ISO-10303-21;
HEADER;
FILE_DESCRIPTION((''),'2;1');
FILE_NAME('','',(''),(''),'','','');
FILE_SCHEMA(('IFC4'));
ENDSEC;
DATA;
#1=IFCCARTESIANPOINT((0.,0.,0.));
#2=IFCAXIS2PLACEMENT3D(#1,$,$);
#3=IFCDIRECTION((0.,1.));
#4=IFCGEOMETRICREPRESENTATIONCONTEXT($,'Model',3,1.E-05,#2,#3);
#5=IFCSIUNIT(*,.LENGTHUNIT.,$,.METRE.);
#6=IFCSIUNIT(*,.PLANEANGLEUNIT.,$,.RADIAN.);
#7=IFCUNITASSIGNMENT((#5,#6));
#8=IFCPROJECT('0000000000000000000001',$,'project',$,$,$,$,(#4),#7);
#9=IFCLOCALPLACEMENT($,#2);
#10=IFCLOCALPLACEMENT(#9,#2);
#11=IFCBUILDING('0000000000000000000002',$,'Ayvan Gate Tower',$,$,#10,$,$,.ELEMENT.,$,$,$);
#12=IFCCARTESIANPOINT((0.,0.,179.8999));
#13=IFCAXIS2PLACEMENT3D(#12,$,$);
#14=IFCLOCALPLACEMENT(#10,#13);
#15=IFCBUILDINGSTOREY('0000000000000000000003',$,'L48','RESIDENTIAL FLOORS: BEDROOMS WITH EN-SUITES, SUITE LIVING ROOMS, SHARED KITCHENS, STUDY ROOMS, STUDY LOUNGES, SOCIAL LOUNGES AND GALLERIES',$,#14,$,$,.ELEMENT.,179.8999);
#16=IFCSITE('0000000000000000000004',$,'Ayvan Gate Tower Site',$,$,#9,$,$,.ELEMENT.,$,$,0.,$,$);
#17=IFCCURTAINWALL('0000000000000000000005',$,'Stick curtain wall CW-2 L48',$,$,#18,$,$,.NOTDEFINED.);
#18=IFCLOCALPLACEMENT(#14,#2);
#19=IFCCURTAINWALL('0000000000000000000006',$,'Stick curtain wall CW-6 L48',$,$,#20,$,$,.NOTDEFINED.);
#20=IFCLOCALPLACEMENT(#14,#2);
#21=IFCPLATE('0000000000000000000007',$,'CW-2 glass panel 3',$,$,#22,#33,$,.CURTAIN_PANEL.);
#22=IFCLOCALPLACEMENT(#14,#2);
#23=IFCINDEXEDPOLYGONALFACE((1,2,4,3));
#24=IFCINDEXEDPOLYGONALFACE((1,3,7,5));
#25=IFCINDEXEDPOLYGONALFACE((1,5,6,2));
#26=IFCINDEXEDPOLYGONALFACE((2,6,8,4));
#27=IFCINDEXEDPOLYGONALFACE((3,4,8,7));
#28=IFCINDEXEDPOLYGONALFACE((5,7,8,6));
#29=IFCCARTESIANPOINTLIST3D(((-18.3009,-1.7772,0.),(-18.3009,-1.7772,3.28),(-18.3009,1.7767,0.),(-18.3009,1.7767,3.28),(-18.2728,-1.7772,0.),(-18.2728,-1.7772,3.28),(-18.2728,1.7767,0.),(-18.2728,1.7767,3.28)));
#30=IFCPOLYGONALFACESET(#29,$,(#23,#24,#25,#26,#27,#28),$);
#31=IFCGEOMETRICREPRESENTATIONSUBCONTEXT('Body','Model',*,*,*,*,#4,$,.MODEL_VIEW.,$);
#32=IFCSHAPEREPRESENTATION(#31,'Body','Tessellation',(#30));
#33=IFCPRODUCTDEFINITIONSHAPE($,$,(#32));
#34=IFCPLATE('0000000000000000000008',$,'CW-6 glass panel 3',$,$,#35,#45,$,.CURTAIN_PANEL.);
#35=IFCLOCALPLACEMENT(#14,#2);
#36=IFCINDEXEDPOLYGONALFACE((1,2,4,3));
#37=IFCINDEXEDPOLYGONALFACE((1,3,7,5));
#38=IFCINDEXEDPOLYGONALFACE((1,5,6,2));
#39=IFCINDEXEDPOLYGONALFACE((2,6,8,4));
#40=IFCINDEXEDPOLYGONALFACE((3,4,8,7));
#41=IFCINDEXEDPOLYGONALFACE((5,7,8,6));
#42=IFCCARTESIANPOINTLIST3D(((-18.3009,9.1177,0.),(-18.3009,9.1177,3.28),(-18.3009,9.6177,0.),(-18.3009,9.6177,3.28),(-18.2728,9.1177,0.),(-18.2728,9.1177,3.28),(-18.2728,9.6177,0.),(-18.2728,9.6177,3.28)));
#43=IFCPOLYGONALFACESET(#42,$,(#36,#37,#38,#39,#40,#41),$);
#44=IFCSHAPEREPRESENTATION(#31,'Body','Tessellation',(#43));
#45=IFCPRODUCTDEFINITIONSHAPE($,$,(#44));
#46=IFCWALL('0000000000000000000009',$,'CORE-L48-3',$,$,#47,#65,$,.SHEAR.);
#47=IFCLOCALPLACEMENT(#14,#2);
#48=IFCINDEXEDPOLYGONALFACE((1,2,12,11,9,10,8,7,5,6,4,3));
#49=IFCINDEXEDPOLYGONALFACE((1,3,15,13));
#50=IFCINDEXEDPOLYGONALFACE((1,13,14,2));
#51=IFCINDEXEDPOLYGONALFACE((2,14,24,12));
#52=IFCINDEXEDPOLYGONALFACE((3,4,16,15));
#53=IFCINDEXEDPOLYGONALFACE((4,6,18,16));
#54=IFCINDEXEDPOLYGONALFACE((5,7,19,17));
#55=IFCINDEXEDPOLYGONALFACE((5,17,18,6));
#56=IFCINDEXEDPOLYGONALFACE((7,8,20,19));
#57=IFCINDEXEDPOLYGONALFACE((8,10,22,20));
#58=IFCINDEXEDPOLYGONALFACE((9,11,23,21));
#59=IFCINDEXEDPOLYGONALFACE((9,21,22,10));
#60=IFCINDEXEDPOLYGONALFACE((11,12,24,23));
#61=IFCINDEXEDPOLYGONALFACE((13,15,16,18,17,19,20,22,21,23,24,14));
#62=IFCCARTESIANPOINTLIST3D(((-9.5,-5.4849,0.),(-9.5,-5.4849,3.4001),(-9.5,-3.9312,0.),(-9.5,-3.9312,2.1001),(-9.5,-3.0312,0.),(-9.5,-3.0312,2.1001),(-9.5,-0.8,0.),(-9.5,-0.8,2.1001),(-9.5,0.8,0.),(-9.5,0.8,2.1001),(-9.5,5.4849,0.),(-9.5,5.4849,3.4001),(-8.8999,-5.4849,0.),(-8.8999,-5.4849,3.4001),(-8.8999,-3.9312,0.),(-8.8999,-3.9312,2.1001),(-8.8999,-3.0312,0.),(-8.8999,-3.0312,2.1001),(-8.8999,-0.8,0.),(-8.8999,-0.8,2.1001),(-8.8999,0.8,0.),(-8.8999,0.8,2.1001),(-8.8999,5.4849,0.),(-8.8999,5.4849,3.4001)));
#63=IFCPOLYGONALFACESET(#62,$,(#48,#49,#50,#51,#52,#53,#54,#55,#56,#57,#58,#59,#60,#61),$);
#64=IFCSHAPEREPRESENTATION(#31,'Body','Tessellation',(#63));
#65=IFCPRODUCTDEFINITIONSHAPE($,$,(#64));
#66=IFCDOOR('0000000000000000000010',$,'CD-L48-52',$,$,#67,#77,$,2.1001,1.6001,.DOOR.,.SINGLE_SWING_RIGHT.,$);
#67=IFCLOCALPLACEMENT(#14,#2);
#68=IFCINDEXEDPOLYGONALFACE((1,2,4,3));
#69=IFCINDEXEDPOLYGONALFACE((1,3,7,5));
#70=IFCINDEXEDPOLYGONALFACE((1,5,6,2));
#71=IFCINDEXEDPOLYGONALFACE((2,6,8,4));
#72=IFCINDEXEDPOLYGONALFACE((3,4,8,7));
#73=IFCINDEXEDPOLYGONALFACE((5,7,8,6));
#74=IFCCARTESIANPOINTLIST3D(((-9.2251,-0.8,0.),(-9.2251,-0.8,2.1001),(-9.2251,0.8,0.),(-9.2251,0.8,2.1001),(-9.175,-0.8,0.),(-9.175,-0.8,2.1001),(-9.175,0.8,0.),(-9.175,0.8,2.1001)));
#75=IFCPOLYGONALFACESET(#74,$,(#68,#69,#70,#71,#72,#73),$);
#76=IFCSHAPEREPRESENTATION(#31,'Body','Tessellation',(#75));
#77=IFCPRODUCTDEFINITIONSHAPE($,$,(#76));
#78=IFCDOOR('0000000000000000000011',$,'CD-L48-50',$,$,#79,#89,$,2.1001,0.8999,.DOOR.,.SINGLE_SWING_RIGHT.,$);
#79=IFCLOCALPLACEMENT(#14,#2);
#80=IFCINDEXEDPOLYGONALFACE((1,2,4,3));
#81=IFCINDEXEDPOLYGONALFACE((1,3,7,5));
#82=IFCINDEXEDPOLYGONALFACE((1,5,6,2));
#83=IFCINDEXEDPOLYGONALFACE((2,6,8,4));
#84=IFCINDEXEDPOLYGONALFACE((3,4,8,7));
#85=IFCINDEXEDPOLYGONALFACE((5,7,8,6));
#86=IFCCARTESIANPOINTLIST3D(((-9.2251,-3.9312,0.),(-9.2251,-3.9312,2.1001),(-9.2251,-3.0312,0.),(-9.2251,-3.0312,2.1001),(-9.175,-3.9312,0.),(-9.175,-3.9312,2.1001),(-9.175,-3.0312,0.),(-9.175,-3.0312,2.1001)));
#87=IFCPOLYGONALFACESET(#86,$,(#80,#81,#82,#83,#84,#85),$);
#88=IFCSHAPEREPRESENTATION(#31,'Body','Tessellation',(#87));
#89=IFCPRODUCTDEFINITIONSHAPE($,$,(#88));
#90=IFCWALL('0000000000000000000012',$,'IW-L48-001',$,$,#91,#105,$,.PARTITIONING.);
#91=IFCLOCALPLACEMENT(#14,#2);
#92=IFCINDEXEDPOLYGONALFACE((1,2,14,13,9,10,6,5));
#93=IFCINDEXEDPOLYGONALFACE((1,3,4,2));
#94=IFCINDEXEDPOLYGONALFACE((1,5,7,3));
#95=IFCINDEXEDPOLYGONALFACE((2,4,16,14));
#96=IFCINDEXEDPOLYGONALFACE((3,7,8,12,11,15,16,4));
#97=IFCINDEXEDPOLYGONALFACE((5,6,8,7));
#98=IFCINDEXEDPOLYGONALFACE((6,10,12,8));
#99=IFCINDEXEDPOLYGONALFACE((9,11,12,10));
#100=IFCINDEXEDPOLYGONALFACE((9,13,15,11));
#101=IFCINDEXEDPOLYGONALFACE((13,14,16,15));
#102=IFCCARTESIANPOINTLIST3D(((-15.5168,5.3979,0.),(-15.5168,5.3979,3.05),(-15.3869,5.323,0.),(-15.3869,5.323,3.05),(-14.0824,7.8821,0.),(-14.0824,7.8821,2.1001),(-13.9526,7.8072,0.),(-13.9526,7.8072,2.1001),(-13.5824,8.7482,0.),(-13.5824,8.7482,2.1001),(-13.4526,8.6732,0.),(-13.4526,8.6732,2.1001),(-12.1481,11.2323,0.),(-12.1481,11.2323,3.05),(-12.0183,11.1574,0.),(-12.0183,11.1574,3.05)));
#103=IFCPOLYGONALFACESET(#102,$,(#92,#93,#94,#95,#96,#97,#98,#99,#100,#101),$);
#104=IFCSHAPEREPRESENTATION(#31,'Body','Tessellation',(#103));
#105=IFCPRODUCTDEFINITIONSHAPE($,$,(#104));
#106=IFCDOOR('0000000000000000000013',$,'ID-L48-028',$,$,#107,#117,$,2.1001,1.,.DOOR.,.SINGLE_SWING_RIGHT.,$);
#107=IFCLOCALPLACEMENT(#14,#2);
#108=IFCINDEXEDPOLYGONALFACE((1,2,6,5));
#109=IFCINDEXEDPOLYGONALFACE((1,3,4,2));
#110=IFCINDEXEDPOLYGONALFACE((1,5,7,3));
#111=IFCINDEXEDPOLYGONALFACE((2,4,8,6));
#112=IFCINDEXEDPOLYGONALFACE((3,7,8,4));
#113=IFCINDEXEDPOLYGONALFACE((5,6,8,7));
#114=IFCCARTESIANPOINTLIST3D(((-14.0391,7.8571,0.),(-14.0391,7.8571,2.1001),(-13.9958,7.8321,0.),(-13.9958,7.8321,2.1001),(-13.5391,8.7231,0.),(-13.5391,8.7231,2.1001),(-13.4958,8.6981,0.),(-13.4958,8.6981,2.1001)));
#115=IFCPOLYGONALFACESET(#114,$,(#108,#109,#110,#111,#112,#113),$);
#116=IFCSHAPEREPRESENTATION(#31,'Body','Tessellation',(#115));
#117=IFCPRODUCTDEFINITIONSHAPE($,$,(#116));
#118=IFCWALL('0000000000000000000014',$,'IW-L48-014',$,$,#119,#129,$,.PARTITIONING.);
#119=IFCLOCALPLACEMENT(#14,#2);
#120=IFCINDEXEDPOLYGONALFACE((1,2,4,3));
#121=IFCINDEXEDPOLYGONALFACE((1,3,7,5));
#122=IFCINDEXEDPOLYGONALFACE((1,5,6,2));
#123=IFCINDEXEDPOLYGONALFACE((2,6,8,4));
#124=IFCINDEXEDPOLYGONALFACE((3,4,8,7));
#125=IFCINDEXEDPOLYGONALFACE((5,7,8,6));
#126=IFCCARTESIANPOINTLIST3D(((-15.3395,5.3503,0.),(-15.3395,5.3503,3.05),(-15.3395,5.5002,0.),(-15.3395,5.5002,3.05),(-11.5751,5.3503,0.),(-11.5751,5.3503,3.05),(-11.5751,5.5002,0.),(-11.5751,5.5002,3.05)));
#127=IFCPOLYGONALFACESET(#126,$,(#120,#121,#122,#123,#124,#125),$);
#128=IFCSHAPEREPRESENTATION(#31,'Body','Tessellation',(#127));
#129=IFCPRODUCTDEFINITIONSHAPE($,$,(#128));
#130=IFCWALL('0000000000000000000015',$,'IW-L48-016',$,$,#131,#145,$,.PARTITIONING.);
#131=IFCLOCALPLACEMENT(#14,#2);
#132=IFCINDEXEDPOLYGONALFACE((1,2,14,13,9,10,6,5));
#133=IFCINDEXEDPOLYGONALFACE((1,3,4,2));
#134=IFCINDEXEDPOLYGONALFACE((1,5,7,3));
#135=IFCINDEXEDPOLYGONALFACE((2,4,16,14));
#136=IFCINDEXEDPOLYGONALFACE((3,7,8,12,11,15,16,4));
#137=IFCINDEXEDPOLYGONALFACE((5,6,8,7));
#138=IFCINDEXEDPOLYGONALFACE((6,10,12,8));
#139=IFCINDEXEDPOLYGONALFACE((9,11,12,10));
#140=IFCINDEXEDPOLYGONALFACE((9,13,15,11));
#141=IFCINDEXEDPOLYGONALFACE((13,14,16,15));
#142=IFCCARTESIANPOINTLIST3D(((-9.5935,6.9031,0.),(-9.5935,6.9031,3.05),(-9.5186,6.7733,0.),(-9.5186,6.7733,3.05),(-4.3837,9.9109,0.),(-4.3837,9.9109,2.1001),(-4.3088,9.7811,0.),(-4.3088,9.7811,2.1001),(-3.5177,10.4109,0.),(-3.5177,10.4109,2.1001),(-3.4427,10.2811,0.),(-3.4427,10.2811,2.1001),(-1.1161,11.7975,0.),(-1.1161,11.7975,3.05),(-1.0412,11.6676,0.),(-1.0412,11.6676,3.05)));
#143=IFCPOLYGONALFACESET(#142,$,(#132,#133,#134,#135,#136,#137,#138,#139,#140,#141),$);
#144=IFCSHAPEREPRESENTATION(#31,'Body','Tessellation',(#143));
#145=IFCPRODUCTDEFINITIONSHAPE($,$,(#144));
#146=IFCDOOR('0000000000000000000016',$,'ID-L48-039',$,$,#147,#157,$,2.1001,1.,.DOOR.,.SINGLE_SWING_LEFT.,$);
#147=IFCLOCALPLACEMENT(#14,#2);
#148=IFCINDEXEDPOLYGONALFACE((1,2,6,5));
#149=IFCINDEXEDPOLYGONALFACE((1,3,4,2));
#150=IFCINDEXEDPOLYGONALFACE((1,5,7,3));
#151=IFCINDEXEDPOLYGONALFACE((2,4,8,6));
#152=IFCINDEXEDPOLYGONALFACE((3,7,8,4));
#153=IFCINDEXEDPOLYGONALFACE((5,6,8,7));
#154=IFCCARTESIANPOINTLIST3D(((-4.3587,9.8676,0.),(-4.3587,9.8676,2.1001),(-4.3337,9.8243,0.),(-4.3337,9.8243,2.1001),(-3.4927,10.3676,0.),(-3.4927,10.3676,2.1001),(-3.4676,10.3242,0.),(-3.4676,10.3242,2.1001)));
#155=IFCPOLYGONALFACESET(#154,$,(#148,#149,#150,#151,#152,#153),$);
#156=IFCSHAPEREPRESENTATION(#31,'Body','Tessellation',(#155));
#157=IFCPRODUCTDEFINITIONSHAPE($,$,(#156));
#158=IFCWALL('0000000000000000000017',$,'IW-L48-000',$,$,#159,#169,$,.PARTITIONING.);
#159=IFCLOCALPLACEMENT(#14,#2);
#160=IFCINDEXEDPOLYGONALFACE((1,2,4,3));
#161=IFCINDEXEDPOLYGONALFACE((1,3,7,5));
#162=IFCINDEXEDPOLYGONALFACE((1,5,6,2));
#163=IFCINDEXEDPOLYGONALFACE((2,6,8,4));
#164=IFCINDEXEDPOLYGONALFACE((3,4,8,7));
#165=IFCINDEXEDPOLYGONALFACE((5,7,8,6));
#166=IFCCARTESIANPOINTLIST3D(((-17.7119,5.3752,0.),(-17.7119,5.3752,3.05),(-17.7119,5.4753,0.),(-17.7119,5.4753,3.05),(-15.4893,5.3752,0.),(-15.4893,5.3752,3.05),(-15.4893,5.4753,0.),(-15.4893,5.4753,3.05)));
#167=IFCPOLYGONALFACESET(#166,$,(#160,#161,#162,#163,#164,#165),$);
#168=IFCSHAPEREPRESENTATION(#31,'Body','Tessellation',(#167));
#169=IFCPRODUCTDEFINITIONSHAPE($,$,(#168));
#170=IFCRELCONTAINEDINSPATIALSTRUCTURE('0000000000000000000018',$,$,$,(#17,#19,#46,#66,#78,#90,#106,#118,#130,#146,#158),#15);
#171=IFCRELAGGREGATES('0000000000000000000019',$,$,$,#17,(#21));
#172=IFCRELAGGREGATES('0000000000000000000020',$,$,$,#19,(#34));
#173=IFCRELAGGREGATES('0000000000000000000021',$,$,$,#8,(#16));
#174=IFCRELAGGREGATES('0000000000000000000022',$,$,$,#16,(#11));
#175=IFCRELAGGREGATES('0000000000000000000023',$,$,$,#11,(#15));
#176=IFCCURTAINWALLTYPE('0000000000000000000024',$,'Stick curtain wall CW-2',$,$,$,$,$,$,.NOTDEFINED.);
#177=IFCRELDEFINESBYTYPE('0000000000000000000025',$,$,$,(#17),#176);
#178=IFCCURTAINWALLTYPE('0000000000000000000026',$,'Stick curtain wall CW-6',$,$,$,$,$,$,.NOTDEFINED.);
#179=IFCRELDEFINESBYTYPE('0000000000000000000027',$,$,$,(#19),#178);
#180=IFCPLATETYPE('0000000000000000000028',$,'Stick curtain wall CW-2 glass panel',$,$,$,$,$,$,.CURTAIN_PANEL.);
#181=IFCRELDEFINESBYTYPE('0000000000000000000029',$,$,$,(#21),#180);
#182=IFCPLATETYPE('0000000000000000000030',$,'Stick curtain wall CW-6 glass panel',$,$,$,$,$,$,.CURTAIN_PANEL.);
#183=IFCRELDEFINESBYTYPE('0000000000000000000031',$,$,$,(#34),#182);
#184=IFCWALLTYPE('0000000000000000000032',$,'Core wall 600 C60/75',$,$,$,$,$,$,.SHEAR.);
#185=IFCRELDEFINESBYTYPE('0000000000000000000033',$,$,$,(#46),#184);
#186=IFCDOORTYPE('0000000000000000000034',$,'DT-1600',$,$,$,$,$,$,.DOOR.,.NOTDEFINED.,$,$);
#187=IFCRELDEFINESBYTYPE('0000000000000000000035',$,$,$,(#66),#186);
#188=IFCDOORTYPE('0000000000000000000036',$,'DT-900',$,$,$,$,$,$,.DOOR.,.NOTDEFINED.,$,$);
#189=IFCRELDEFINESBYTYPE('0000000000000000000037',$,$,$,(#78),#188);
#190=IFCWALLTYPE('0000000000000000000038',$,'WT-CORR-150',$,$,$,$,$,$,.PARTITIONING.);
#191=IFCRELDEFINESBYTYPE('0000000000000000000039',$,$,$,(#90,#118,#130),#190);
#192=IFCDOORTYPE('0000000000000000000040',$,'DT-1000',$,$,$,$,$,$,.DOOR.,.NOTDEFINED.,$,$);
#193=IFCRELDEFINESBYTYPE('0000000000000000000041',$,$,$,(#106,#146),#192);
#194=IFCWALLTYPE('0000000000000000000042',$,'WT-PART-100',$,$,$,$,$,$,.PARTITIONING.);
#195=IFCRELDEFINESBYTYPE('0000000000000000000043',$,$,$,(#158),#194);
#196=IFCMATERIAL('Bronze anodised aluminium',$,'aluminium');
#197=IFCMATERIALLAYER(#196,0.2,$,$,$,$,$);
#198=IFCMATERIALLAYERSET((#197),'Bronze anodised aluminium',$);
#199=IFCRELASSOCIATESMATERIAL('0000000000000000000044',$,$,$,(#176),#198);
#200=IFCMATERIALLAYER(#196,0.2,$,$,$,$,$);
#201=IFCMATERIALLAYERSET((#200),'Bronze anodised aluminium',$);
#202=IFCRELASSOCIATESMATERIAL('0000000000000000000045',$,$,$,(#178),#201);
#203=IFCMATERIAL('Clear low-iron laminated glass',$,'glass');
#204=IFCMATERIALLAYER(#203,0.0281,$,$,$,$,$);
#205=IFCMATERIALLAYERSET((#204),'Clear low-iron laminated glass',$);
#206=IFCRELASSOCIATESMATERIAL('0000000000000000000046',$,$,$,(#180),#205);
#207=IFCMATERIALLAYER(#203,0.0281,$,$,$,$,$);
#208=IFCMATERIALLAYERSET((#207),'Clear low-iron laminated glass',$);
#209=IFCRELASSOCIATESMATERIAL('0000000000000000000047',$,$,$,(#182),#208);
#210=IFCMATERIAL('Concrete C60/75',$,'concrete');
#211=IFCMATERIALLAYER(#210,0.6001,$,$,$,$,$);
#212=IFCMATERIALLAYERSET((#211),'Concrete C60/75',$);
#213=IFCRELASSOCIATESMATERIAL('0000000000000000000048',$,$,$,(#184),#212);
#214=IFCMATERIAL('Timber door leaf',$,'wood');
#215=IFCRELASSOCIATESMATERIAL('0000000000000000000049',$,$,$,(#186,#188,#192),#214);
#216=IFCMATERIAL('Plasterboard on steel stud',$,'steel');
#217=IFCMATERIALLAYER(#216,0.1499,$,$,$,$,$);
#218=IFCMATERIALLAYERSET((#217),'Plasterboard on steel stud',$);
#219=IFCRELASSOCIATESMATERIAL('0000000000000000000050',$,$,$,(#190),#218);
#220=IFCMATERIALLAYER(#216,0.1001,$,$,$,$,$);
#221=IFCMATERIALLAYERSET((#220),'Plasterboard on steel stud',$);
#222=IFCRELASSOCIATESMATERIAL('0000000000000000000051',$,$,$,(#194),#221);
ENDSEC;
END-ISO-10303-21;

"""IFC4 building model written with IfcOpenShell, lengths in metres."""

from ifc_helpers import new_model, si_unit, direction, frame, frame_2d, origin, origin_2d, place, context, subcontext, project, spatial, rectangle, extrude, material, layer, layer_set, type_object, element, fill, aggregate, save


model = new_model("IFC4")

# Units and contexts
model_context = context("Model", 3, precision=1e-05, world=origin(), true_north=direction((0.0, 1.0)))
body_context = subcontext(model_context, "Body", "Model", "MODEL_VIEW")
ifc_project = project(units=[si_unit("LENGTHUNIT", "METRE"), si_unit("PLANEANGLEUNIT", "RADIAN")], contexts=[model_context])

# Site, building, storey
site_placement = place(None, origin())
site = spatial("IfcSite", under=ifc_project, at=site_placement, Name="Ayvan Gate Tower Site", CompositionType="ELEMENT", RefElevation=0.0)
building_placement = place(site_placement, origin())
building = spatial("IfcBuilding", under=site, at=building_placement, Name="Ayvan Gate Tower", CompositionType="ELEMENT")
storey_placement = place(building_placement, frame((0.0, 0.0, 179.8999)))
storey = spatial("IfcBuildingStorey", under=building, at=storey_placement, Name="L48", Description="RESIDENTIAL FLOORS: BEDROOMS WITH EN-SUITES, SUITE LIVING ROOMS, SHARED KITCHENS, STUDY ROOMS, STUDY LOUNGES, SOCIAL LOUNGES AND GALLERIES", CompositionType="ELEMENT", Elevation=179.8999)

# Curtain walls
ifc_material_1 = material(Name="Bronze anodised aluminium", Category="aluminium")
ifc_layer_1 = layer(ifc_material_1, 0.2)
ifc_layer_set_1 = layer_set([ifc_layer_1], Name="Bronze anodised aluminium")
curtain_wall_type_1 = type_object("IfcCurtainWallType", Name="Stick curtain wall CW-2", PredefinedType="NOTDEFINED", material=ifc_layer_set_1)
curtain_wall_1_placement = place(storey_placement, origin())
curtain_wall_1 = element("IfcCurtainWall", 1, at=curtain_wall_1_placement, inside=storey, type_object=curtain_wall_type_1, Name="Stick curtain wall CW-2 L48", PredefinedType="NOTDEFINED")
ifc_layer_2 = layer(ifc_material_1, 0.2)
ifc_layer_set_2 = layer_set([ifc_layer_2], Name="Bronze anodised aluminium")
curtain_wall_type_2 = type_object("IfcCurtainWallType", Name="Stick curtain wall CW-6", PredefinedType="NOTDEFINED", material=ifc_layer_set_2)
curtain_wall_2_placement = place(storey_placement, origin())
curtain_wall_2 = element("IfcCurtainWall", 2, at=curtain_wall_2_placement, inside=storey, type_object=curtain_wall_type_2, Name="Stick curtain wall CW-6 L48", PredefinedType="NOTDEFINED")

# Plates
ifc_material_2 = material(Name="Clear low-iron laminated glass", Category="glass")
ifc_layer_3 = layer(ifc_material_2, 0.0281)
ifc_layer_set_3 = layer_set([ifc_layer_3], Name="Clear low-iron laminated glass")
plate_type_1 = type_object("IfcPlateType", Name="Stick curtain wall CW-2 glass panel", PredefinedType="CURTAIN_PANEL", material=ifc_layer_set_3)
plate_1_placement = place(storey_placement, frame((-18.2869, -0.0002, 0.0), z_axis=(0.0, 0.0, 1.0), x_axis=(0.0, -1.0, 0.0)))
plate_1 = element("IfcPlate", 3, at=plate_1_placement, type_object=plate_type_1, Name="CW-2 glass panel 3", PredefinedType="CURTAIN_PANEL", context=body_context, shape_type="SweptSolid", body=[
    extrude(rectangle(XDim=3.554, YDim=0.0281, at=origin_2d()), origin(), (0.0, 0.0, 1.0), 3.28),
])
aggregate(curtain_wall_1, [plate_1])
ifc_layer_4 = layer(ifc_material_2, 0.0281)
ifc_layer_set_4 = layer_set([ifc_layer_4], Name="Clear low-iron laminated glass")
plate_type_2 = type_object("IfcPlateType", Name="Stick curtain wall CW-6 glass panel", PredefinedType="CURTAIN_PANEL", material=ifc_layer_set_4)
plate_2_placement = place(storey_placement, frame((-18.2869, 9.3677, 0.0), z_axis=(0.0, 0.0, 1.0), x_axis=(0.0, -1.0, 0.0)))
plate_2 = element("IfcPlate", 4, at=plate_2_placement, type_object=plate_type_2, Name="CW-6 glass panel 3", PredefinedType="CURTAIN_PANEL", context=body_context, shape_type="SweptSolid", body=[
    extrude(rectangle(XDim=0.5, YDim=0.0281, at=origin_2d()), origin(), (0.0, 0.0, 1.0), 3.28),
])
aggregate(curtain_wall_2, [plate_2])

# Wall, openings, doors
ifc_material_3 = material(Name="Concrete C60/75", Category="concrete")
ifc_layer_5 = layer(ifc_material_3, 0.6001)
ifc_layer_set_5 = layer_set([ifc_layer_5], Name="Concrete C60/75")
wall_type_1 = type_object("IfcWallType", Name="Core wall 600 C60/75", PredefinedType="SHEAR", material=ifc_layer_set_5)
wall_1_placement = place(storey_placement, frame((-9.2, 5.4849, 0.0), z_axis=(0.0, 0.0, 1.0), x_axis=(0.0, -1.0, 0.0)))
wall_1 = element("IfcWall", 5, at=wall_1_placement, inside=storey, type_object=wall_type_1, Name="CORE-L48-3", PredefinedType="SHEAR", context=body_context, shape_type="SweptSolid", body=[
    extrude(rectangle(XDim=10.9697, YDim=0.6001, at=frame_2d((5.4849, 0.0))), origin(), (0.0, 0.0, 1.0), 3.4001),
])
opening_1_placement = place(wall_1_placement, frame((8.5161, 0.0, 0.0)))
opening_1 = element("IfcOpeningElement", 6, at=opening_1_placement, cuts=wall_1, PredefinedType="OPENING", context=body_context, shape_type="SweptSolid", body=[
    extrude(rectangle(XDim=0.8999, YDim=2.1001, at=frame_2d((0.45, 1.05))), frame((0.0, 0.3101, 0.0), z_axis=(0.0, -1.0, 0.0), x_axis=(1.0, 0.0, 0.0)), (0.0, 0.0, 1.0), 0.6201),
])
opening_2_placement = place(wall_1_placement, frame((4.6848, 0.0, 0.0)))
opening_2 = element("IfcOpeningElement", 7, at=opening_2_placement, cuts=wall_1, PredefinedType="OPENING", context=body_context, shape_type="SweptSolid", body=[
    extrude(rectangle(XDim=1.6001, YDim=2.1001, at=frame_2d((0.8, 1.05))), frame((0.0, 0.3101, 0.0), z_axis=(0.0, -1.0, 0.0), x_axis=(1.0, 0.0, 0.0)), (0.0, 0.0, 1.0), 0.6201),
])
ifc_material_4 = material(Name="Timber door leaf", Category="wood")
door_type_1 = type_object("IfcDoorType", Name="DT-1600", OperationType="NOTDEFINED", PredefinedType="DOOR", material=ifc_material_4)
door_1_placement = place(opening_2_placement, origin())
door_1 = element("IfcDoor", 8, at=door_1_placement, inside=storey, type_object=door_type_1, Name="CD-L48-52", OperationType="SINGLE_SWING_RIGHT", OverallHeight=2.1001, OverallWidth=1.6001, PredefinedType="DOOR", context=body_context, shape_type="SweptSolid", body=[
    extrude(rectangle(XDim=1.6001, YDim=2.1001, at=frame_2d((0.8, 1.05))), frame((0.0, 0.0249, 0.0), z_axis=(0.0, -1.0, 0.0), x_axis=(1.0, 0.0, 0.0)), (0.0, 0.0, 1.0), 0.05),
])
fill(opening_2, door_1)
door_type_2 = type_object("IfcDoorType", Name="DT-900", OperationType="NOTDEFINED", PredefinedType="DOOR", material=ifc_material_4)
door_2_placement = place(opening_1_placement, origin())
door_2 = element("IfcDoor", 9, at=door_2_placement, inside=storey, type_object=door_type_2, Name="CD-L48-50", OperationType="SINGLE_SWING_RIGHT", OverallHeight=2.1001, OverallWidth=0.8999, PredefinedType="DOOR", context=body_context, shape_type="SweptSolid", body=[
    extrude(rectangle(XDim=0.8999, YDim=2.1001, at=frame_2d((0.45, 1.05))), frame((0.0, 0.0249, 0.0), z_axis=(0.0, -1.0, 0.0), x_axis=(1.0, 0.0, 0.0)), (0.0, 0.0, 1.0), 0.05),
])
fill(opening_1, door_2)

# Wall, opening, door
ifc_material_5 = material(Name="Plasterboard on steel stud", Category="steel")
ifc_layer_6 = layer(ifc_material_5, 0.1499)
ifc_layer_set_6 = layer_set([ifc_layer_6], Name="Plasterboard on steel stud")
wall_type_2 = type_object("IfcWallType", Name="WT-CORR-150", PredefinedType="PARTITIONING", material=ifc_layer_set_6)
wall_2_placement = place(storey_placement, frame((-15.4519, 5.3604, 0.0), z_axis=(0.0, 0.0, 1.0), x_axis=(0.500013, 0.866018, 0.0)))
wall_2 = element("IfcWall", 10, at=wall_2_placement, inside=storey, type_object=wall_type_2, Name="IW-L48-001", PredefinedType="PARTITIONING", context=body_context, shape_type="SweptSolid", body=[
    extrude(rectangle(XDim=6.7371, YDim=0.1499, at=frame_2d((3.3687, 0.0))), origin(), (0.0, 0.0, 1.0), 3.05),
])
opening_3_placement = place(wall_2_placement, frame((2.8687, 0.0, 0.0)))
opening_3 = element("IfcOpeningElement", 11, at=opening_3_placement, cuts=wall_2, PredefinedType="OPENING", context=body_context, shape_type="SweptSolid", body=[
    extrude(rectangle(XDim=1.0, YDim=2.1001, at=frame_2d((0.5, 1.05))), frame((0.0, 0.085, 0.0), z_axis=(0.0, -1.0, 0.0), x_axis=(1.0, 0.0, 0.0)), (0.0, 0.0, 1.0), 0.1699),
])
door_type_3 = type_object("IfcDoorType", Name="DT-1000", OperationType="NOTDEFINED", PredefinedType="DOOR", material=ifc_material_4)
door_3_placement = place(opening_3_placement, origin())
door_3 = element("IfcDoor", 12, at=door_3_placement, inside=storey, type_object=door_type_3, Name="ID-L48-028", OperationType="SINGLE_SWING_RIGHT", OverallHeight=2.1001, OverallWidth=1.0, PredefinedType="DOOR", context=body_context, shape_type="SweptSolid", body=[
    extrude(rectangle(XDim=1.0, YDim=2.1001, at=frame_2d((0.5, 1.05))), frame((0.0, 0.0249, 0.0), z_axis=(0.0, -1.0, 0.0), x_axis=(1.0, 0.0, 0.0)), (0.0, 0.0, 1.0), 0.05),
])
fill(opening_3, door_3)

# Wall
wall_3_placement = place(storey_placement, frame((-11.575, 5.4253, 0.0), z_axis=(0.0, 0.0, 1.0), x_axis=(-1.0, 0.0, 0.0)))
element("IfcWall", 13, at=wall_3_placement, inside=storey, type_object=wall_type_2, Name="IW-L48-014", PredefinedType="PARTITIONING", context=body_context, shape_type="SweptSolid", body=[
    extrude(rectangle(XDim=3.7644, YDim=0.1499, at=frame_2d((1.8823, 0.0))), origin(), (0.0, 0.0, 1.0), 3.05),
])

# Wall, opening, door
wall_4_placement = place(storey_placement, frame((-9.5562, 6.8381, 0.0), z_axis=(0.0, 0.0, 1.0), x_axis=(0.866029, 0.499994, 0.0)))
wall_4 = element("IfcWall", 14, at=wall_4_placement, inside=storey, type_object=wall_type_2, Name="IW-L48-016", PredefinedType="PARTITIONING", context=body_context, shape_type="SweptSolid", body=[
    extrude(rectangle(XDim=9.7888, YDim=0.1499, at=frame_2d((4.8945, 0.0))), origin(), (0.0, 0.0, 1.0), 3.05),
])
opening_4_placement = place(wall_4_placement, frame((6.0159, 0.0, 0.0)))
opening_4 = element("IfcOpeningElement", 15, at=opening_4_placement, cuts=wall_4, PredefinedType="OPENING", context=body_context, shape_type="SweptSolid", body=[
    extrude(rectangle(XDim=1.0, YDim=2.1001, at=frame_2d((0.5, 1.05))), frame((0.0, 0.085, 0.0), z_axis=(0.0, -1.0, 0.0), x_axis=(1.0, 0.0, 0.0)), (0.0, 0.0, 1.0), 0.1699),
])
door_4_placement = place(opening_4_placement, origin())
door_4 = element("IfcDoor", 16, at=door_4_placement, inside=storey, type_object=door_type_3, Name="ID-L48-039", OperationType="SINGLE_SWING_LEFT", OverallHeight=2.1001, OverallWidth=1.0, PredefinedType="DOOR", context=body_context, shape_type="SweptSolid", body=[
    extrude(rectangle(XDim=1.0, YDim=2.1001, at=frame_2d((0.5, 1.05))), frame((0.0, 0.0249, 0.0), z_axis=(0.0, -1.0, 0.0), x_axis=(1.0, 0.0, 0.0)), (0.0, 0.0, 1.0), 0.05),
])
fill(opening_4, door_4)

# Wall
ifc_layer_7 = layer(ifc_material_5, 0.1001)
ifc_layer_set_7 = layer_set([ifc_layer_7], Name="Plasterboard on steel stud")
wall_type_3 = type_object("IfcWallType", Name="WT-PART-100", PredefinedType="PARTITIONING", material=ifc_layer_set_7)
wall_5_placement = place(storey_placement, frame((-15.4893, 5.4253, 0.0), z_axis=(0.0, 0.0, 1.0), x_axis=(-1.0, 0.0, 0.0)))
element("IfcWall", 17, at=wall_5_placement, inside=storey, type_object=wall_type_3, Name="IW-L48-000", PredefinedType="PARTITIONING", context=body_context, shape_type="SweptSolid", body=[
    extrude(rectangle(XDim=2.2227, YDim=0.1001, at=frame_2d((1.1113, 0.0))), origin(), (0.0, 0.0, 1.0), 3.05),
])

save(model, "model.ifc")
